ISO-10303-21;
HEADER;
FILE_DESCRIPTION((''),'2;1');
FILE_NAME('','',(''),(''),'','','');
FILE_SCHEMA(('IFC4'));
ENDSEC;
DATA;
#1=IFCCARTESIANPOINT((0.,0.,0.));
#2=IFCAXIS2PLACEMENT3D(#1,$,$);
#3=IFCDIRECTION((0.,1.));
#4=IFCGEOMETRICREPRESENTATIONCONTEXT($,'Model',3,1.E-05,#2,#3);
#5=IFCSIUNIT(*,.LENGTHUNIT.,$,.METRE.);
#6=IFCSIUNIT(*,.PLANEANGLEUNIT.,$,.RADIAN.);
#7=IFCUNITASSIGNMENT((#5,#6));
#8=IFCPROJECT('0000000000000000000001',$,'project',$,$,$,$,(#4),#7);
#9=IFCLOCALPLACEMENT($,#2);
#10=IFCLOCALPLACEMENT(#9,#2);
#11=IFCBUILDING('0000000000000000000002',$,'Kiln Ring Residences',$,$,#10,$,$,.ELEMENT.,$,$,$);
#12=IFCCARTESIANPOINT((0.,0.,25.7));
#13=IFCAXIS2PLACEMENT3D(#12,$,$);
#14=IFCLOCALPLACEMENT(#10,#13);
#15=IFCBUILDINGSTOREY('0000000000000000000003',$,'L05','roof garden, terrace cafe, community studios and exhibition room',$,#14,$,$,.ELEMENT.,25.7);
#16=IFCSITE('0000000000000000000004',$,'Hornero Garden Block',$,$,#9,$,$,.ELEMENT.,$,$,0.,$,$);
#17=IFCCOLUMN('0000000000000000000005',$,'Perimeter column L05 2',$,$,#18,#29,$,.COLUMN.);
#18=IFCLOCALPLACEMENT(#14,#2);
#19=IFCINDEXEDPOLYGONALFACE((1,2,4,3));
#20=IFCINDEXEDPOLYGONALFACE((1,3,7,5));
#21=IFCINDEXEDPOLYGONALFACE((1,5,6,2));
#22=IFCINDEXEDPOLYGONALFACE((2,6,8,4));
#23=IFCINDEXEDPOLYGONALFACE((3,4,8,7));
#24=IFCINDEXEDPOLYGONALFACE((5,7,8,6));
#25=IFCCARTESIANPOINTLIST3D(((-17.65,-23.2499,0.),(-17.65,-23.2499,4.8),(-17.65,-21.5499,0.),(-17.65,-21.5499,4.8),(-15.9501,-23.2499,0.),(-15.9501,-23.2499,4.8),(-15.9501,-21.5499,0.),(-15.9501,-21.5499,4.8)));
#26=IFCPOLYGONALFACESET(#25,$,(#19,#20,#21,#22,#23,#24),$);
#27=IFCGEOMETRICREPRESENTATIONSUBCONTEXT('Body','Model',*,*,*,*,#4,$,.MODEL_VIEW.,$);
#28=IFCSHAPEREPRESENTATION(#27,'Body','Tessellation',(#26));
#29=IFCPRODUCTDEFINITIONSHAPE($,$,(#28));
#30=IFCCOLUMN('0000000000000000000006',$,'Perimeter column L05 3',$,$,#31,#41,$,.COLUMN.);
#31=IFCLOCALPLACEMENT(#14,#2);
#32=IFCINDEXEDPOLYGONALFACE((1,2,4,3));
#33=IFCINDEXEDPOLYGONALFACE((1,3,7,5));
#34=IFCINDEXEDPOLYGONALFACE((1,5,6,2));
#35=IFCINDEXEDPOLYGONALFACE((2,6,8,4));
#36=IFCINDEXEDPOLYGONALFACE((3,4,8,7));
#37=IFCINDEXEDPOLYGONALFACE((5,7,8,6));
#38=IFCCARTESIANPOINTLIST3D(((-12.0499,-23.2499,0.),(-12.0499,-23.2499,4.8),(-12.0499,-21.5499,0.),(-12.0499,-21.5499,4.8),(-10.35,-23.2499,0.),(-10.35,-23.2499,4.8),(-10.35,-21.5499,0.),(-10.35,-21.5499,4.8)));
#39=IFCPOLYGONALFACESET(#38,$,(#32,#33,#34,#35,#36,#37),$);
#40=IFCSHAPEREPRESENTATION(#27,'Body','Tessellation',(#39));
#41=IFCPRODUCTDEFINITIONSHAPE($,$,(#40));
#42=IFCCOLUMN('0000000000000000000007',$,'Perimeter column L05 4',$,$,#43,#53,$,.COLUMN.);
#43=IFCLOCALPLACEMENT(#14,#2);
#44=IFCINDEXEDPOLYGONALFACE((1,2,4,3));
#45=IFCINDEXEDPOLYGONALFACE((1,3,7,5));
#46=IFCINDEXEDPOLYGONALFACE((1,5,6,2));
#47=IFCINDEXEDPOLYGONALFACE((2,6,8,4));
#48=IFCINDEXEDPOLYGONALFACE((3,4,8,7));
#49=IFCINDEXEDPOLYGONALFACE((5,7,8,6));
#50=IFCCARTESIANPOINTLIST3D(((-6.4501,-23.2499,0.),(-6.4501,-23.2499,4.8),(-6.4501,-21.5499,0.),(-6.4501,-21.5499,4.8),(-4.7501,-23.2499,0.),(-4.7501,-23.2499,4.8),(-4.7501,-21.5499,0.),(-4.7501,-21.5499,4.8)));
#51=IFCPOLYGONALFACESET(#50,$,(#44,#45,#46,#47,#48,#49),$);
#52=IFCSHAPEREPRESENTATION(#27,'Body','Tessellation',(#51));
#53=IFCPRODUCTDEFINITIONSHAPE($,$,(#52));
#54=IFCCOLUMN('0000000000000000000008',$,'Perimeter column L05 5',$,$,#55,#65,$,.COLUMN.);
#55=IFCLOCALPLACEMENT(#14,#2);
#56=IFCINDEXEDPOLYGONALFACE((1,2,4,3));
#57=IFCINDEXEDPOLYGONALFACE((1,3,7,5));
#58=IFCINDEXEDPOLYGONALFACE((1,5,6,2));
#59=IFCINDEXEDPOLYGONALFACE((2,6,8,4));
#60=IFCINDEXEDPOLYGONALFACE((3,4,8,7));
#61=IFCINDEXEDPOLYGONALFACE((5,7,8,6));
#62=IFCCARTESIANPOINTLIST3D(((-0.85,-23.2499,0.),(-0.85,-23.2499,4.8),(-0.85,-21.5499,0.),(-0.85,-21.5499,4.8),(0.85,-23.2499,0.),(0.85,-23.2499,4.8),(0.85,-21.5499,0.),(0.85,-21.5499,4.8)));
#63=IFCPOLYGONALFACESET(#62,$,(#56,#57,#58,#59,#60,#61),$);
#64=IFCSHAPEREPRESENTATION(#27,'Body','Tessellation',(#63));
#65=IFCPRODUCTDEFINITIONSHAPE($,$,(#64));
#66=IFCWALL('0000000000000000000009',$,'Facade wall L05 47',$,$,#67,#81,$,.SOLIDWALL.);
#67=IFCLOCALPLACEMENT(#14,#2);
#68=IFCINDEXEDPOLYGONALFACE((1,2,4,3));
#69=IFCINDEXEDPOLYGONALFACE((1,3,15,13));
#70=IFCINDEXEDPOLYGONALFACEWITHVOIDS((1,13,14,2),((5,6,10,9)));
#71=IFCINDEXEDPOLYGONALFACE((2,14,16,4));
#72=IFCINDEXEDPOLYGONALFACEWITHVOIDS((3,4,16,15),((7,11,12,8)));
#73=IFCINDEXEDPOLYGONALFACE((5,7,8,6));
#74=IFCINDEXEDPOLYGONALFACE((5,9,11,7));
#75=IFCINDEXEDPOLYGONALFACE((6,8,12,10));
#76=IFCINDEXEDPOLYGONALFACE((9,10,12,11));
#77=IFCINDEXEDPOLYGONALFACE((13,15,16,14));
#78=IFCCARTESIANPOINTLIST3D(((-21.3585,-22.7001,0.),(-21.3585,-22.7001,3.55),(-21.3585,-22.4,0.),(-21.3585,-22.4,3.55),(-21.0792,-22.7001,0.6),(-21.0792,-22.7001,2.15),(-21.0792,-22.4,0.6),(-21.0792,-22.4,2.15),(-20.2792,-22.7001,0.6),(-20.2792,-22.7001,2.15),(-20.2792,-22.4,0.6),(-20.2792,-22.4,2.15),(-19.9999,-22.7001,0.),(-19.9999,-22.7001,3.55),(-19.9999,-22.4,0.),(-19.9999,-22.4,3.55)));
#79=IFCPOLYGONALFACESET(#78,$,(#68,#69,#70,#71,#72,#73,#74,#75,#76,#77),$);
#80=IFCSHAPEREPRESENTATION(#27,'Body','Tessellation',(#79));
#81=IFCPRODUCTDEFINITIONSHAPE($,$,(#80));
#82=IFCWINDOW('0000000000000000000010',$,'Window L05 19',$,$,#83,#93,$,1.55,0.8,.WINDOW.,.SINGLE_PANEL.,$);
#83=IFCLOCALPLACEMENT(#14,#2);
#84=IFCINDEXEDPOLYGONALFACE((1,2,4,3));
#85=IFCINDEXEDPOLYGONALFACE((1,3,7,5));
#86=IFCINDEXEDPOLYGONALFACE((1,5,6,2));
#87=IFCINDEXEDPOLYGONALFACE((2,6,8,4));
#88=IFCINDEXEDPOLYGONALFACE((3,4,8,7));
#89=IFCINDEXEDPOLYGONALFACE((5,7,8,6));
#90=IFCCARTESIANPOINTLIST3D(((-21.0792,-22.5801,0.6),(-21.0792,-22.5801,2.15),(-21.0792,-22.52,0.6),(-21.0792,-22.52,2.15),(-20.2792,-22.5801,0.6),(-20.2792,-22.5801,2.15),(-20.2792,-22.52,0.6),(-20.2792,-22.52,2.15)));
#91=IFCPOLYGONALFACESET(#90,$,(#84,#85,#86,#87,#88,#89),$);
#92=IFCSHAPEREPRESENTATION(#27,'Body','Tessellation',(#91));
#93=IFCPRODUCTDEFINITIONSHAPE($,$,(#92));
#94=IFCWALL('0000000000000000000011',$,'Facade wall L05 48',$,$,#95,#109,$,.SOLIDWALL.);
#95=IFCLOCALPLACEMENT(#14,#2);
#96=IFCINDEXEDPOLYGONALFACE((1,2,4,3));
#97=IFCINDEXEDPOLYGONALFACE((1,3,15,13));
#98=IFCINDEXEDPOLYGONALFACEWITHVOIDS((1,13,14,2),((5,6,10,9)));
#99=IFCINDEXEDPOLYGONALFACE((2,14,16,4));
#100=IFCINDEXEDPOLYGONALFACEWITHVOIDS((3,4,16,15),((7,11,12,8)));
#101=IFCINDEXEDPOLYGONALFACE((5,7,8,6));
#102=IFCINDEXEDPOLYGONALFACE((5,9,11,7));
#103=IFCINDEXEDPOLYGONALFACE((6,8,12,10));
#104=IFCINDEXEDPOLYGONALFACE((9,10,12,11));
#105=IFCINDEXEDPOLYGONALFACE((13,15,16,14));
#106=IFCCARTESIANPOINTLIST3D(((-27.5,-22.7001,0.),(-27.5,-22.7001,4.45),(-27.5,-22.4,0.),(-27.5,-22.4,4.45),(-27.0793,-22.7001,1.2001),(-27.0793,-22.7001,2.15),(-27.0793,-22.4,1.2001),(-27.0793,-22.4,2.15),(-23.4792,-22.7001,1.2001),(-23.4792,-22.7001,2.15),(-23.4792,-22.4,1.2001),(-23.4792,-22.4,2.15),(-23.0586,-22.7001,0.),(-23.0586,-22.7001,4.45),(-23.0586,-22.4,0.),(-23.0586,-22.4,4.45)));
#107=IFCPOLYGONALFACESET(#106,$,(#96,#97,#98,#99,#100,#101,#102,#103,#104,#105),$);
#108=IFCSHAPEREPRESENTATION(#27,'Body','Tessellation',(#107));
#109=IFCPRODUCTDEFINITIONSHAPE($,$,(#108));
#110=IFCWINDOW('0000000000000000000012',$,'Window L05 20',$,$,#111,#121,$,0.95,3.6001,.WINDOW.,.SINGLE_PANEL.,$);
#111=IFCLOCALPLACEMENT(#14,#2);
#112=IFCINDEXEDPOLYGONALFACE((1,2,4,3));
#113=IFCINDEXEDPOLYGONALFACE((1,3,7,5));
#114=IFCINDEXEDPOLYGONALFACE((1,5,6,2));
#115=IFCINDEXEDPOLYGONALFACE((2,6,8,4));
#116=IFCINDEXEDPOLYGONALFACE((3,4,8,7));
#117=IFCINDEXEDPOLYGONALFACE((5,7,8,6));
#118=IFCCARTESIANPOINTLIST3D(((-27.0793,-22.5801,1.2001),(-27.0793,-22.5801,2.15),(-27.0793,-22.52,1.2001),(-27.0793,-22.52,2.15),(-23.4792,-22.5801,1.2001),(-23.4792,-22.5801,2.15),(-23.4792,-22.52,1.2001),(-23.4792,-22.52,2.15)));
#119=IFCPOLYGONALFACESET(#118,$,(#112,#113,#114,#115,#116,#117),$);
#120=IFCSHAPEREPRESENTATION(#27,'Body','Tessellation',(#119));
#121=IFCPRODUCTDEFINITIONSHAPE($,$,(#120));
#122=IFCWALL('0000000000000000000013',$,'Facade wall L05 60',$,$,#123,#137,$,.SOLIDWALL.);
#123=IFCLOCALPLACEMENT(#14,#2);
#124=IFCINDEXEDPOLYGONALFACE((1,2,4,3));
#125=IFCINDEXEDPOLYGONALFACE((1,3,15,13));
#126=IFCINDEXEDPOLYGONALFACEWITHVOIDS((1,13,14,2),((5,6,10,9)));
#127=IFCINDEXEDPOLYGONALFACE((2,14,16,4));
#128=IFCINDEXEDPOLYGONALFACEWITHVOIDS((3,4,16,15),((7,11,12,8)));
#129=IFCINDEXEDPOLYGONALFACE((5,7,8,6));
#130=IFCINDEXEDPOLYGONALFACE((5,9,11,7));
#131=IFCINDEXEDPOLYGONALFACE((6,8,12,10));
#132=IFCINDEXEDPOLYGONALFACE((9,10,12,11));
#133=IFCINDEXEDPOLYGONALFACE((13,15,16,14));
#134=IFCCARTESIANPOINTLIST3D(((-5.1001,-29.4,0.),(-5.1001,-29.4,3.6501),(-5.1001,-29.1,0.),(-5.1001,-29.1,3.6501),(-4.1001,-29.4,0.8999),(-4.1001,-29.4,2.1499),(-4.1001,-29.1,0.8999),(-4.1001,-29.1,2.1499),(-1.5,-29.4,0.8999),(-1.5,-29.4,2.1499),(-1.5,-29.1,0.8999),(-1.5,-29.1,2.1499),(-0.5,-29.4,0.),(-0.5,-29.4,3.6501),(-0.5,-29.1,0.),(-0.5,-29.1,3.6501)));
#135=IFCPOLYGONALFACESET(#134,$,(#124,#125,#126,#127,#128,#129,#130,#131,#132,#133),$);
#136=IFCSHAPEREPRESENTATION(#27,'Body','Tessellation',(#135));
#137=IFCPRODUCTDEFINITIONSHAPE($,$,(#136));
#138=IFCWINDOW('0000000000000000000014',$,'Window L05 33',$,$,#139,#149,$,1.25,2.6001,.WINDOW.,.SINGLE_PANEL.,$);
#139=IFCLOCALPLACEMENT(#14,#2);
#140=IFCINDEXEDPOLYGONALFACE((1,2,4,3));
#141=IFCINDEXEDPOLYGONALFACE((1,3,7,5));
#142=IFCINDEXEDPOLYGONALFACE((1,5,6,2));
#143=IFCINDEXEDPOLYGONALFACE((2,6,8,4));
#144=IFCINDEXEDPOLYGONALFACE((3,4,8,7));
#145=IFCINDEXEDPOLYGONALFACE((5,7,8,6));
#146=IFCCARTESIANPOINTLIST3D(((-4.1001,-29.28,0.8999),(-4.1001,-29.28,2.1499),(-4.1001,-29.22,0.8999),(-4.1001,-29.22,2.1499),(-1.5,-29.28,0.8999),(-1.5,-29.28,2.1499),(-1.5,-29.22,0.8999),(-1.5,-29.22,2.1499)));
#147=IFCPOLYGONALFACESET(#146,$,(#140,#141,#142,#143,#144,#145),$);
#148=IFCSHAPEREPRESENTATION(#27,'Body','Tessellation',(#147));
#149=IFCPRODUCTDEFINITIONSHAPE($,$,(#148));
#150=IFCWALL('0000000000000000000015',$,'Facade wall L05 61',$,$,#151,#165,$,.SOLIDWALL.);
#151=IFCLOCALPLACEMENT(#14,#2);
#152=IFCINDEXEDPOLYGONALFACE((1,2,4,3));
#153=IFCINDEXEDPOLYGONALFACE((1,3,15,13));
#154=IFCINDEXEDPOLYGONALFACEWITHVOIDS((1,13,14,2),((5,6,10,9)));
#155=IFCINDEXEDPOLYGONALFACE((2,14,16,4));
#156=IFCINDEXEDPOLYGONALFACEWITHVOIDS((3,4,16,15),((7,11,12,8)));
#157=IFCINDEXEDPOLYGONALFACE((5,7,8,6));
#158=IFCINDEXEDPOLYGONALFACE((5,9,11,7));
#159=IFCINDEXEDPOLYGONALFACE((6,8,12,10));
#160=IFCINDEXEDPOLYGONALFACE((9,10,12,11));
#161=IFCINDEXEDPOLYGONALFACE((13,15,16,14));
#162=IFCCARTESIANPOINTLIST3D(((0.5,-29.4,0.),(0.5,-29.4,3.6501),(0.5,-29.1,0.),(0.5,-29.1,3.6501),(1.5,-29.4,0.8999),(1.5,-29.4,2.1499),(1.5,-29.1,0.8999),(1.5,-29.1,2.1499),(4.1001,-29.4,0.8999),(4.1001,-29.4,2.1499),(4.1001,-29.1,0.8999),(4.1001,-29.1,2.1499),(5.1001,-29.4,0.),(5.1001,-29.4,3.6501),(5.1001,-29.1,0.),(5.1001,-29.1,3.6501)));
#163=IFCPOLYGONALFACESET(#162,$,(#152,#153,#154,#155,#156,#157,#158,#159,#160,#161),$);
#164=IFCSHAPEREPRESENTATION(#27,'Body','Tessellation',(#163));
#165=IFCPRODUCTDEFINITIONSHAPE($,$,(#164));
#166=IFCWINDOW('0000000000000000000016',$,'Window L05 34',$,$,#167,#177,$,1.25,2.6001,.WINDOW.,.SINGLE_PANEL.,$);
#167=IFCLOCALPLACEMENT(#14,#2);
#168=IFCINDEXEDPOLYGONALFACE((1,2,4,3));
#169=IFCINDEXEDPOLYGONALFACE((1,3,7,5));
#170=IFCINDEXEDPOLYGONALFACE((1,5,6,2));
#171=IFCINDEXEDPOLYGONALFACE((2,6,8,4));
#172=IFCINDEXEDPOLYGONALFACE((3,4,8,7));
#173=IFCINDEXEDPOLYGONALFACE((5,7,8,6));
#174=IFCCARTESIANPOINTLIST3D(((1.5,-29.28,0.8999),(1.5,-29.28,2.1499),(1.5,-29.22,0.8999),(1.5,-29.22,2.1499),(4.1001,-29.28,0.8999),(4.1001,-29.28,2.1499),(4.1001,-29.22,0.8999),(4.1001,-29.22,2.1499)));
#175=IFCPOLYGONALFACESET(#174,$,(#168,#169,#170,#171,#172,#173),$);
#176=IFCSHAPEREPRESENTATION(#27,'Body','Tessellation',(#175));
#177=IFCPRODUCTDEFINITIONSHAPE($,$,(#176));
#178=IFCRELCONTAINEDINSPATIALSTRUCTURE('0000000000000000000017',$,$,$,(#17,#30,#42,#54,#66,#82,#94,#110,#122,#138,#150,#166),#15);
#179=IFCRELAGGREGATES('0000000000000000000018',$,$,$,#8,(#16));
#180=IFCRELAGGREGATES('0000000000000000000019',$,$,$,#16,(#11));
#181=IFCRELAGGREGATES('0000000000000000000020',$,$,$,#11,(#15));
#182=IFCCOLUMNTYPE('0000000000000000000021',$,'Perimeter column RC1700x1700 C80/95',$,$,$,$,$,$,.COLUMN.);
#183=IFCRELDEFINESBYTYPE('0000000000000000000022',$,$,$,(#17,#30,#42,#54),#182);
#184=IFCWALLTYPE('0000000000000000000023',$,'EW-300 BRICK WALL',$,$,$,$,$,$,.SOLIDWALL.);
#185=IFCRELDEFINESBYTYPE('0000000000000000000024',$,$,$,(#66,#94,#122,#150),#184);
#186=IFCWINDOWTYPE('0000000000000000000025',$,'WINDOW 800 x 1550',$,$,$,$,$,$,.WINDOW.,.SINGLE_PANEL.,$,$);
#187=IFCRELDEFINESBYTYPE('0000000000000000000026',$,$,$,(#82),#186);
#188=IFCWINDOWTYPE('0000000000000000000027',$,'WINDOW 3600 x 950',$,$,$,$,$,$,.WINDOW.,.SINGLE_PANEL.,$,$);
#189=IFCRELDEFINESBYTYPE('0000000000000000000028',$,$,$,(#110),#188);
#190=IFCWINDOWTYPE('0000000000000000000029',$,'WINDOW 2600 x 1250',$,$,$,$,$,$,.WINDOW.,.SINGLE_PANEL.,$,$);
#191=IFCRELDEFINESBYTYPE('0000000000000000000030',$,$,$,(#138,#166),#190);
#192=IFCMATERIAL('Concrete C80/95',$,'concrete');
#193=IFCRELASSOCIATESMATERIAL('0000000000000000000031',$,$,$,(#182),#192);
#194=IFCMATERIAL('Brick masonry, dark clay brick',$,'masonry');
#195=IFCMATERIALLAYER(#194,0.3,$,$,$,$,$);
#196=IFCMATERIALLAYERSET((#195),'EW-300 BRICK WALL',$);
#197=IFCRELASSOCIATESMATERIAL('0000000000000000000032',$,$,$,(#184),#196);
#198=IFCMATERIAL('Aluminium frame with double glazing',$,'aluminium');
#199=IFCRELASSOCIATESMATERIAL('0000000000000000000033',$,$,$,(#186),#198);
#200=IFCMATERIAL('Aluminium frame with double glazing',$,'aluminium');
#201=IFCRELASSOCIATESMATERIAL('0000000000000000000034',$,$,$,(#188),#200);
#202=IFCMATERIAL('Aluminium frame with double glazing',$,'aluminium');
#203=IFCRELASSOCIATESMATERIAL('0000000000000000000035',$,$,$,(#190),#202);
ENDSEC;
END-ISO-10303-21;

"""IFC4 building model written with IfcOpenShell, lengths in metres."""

from ifc_helpers import new_model, si_unit, direction, frame, frame_2d, origin, origin_2d, place, context, subcontext, project, spatial, rectangle, extrude, material, layer, layer_set, material_profile, profile_set, type_object, element, fill, save


model = new_model("IFC4")

# Units and contexts
model_context = context("Model", 3, precision=1e-05, world=origin(), true_north=direction((0.0, 1.0)))
body_context = subcontext(model_context, "Body", "Model", "MODEL_VIEW")
ifc_project = project(units=[si_unit("LENGTHUNIT", "METRE"), si_unit("PLANEANGLEUNIT", "RADIAN")], contexts=[model_context])

# Site, building, storey
site_placement = place(None, origin())
site = spatial("IfcSite", under=ifc_project, at=site_placement, Name="Hornero Garden Block", CompositionType="ELEMENT", RefElevation=0.0)
building_placement = place(site_placement, origin())
building = spatial("IfcBuilding", under=site, at=building_placement, Name="Kiln Ring Residences", CompositionType="ELEMENT")
storey_placement = place(building_placement, frame((0.0, 0.0, 25.7)))
storey = spatial("IfcBuildingStorey", under=building, at=storey_placement, Name="L05", Description="roof garden, terrace cafe, community studios and exhibition room", CompositionType="ELEMENT", Elevation=25.7)

# Columns
ifc_material_1 = material(Name="Concrete C80/95", Category="concrete")
ifc_material_profile = material_profile(ifc_material_1, rectangle(XDim=1.7, YDim=1.7, at=origin_2d()), Name="RC1700x1700")
ifc_profile_set = profile_set([ifc_material_profile], Name="Concrete C80/95")
column_type = type_object("IfcColumnType", Name="Perimeter column RC1700x1700 C80/95", PredefinedType="COLUMN", material=ifc_profile_set)
for number, where, z_axis, x_axis, name in (
    (1, (-16.8, -22.3999, 0.0), (0.0, 0.0, 1.0), (1.0, 0.0, 0.0), "Perimeter column L05 2"),
    (2, (-11.2, -22.3999, 0.0), (0.0, 0.0, 1.0), (1.0, 0.0, 0.0), "Perimeter column L05 3"),
    (3, (-5.6001, -22.3999, 0.0), (0.0, 0.0, 1.0), (1.0, 0.0, 0.0), "Perimeter column L05 4"),
    (4, (0.0, -22.3999, 0.0), (0.0, 0.0, 1.0), (1.0, 0.0, 0.0), "Perimeter column L05 5"),
):
    element("IfcColumn", number, at=place(storey_placement, frame(where, z_axis=z_axis, x_axis=x_axis)), inside=storey, type_object=column_type, Name=name, PredefinedType="COLUMN", context=body_context, shape_type="SweptSolid", body=[
        extrude(rectangle(XDim=1.7, YDim=1.7, at=origin_2d()), origin(), (0.0, 0.0, 1.0), 4.8),
    ])

# Walls, openings, windows
ifc_material_2 = material(Name="Brick masonry, dark clay brick", Category="masonry")
ifc_layer_1 = layer(ifc_material_2, 0.3)
ifc_layer_set_1 = layer_set([ifc_layer_1], Name="EW-300 BRICK WALL")
wall_type_1 = type_object("IfcWallType", Name="EW-300 BRICK WALL", PredefinedType="SOLIDWALL", material=ifc_layer_set_1)
wall_1_placement = place(storey_placement, frame((-20.0, -22.55, 0.0), z_axis=(0.0, 0.0, 1.0), x_axis=(-1.0, 0.0, 0.0)))
wall_1 = element("IfcWall", 5, at=wall_1_placement, inside=storey, type_object=wall_type_1, Name="Facade wall L05 47", PredefinedType="SOLIDWALL", context=body_context, shape_type="SweptSolid", body=[
    extrude(rectangle(XDim=1.3586, YDim=0.3, at=frame_2d((0.6792, 0.0))), origin(), (0.0, 0.0, 1.0), 3.55),
])
opening_1_placement = place(wall_1_placement, frame((0.2793, 0.0, 0.6001)))
opening_1 = element("IfcOpeningElement", 6, at=opening_1_placement, cuts=wall_1, PredefinedType="OPENING", context=body_context, shape_type="SweptSolid", body=[
    extrude(rectangle(XDim=0.8, YDim=1.55, at=frame_2d((0.3999, 0.7749))), frame((0.0, 0.1599, 0.0), z_axis=(0.0, -1.0, 0.0), x_axis=(1.0, 0.0, 0.0)), (0.0, 0.0, 1.0), 0.3201),
])
ifc_material_3 = material(Name="Aluminium frame with double glazing", Category="aluminium")
window_type_1 = type_object("IfcWindowType", Name="WINDOW 800 x 1550", PartitioningType="SINGLE_PANEL", PredefinedType="WINDOW", material=ifc_material_3)
window_1_placement = place(opening_1_placement, origin())
window_1 = element("IfcWindow", 7, at=window_1_placement, inside=storey, type_object=window_type_1, Name="Window L05 19", OverallHeight=1.55, OverallWidth=0.8, PartitioningType="SINGLE_PANEL", PredefinedType="WINDOW", context=body_context, shape_type="SweptSolid", body=[
    extrude(rectangle(XDim=0.8, YDim=1.55, at=frame_2d((0.3999, 0.7749))), frame((0.0, 0.03, 0.0), z_axis=(0.0, -1.0, 0.0), x_axis=(1.0, 0.0, 0.0)), (0.0, 0.0, 1.0), 0.0601),
])
fill(opening_1, window_1)
wall_2_placement = place(storey_placement, frame((-23.0586, -22.55, 0.0), z_axis=(0.0, 0.0, 1.0), x_axis=(-1.0, 0.0, 0.0)))
wall_2 = element("IfcWall", 8, at=wall_2_placement, inside=storey, type_object=wall_type_1, Name="Facade wall L05 48", PredefinedType="SOLIDWALL", context=body_context, shape_type="SweptSolid", body=[
    extrude(rectangle(XDim=4.4414, YDim=0.3, at=frame_2d((2.2207, 0.0))), origin(), (0.0, 0.0, 1.0), 4.45),
])
opening_2_placement = place(wall_2_placement, frame((0.4207, 0.0, 1.2)))
opening_2 = element("IfcOpeningElement", 9, at=opening_2_placement, cuts=wall_2, PredefinedType="OPENING", context=body_context, shape_type="SweptSolid", body=[
    extrude(rectangle(XDim=3.6001, YDim=0.95, at=frame_2d((1.8, 0.4751))), frame((0.0, 0.1599, 0.0), z_axis=(0.0, -1.0, 0.0), x_axis=(1.0, 0.0, 0.0)), (0.0, 0.0, 1.0), 0.3201),
])
ifc_material_4 = material(Name="Aluminium frame with double glazing", Category="aluminium")
window_type_2 = type_object("IfcWindowType", Name="WINDOW 3600 x 950", PartitioningType="SINGLE_PANEL", PredefinedType="WINDOW", material=ifc_material_4)
window_2_placement = place(opening_2_placement, origin())
window_2 = element("IfcWindow", 10, at=window_2_placement, inside=storey, type_object=window_type_2, Name="Window L05 20", OverallHeight=0.95, OverallWidth=3.6001, PartitioningType="SINGLE_PANEL", PredefinedType="WINDOW", context=body_context, shape_type="SweptSolid", body=[
    extrude(rectangle(XDim=3.6001, YDim=0.95, at=frame_2d((1.8, 0.4751))), frame((0.0, 0.03, 0.0), z_axis=(0.0, -1.0, 0.0), x_axis=(1.0, 0.0, 0.0)), (0.0, 0.0, 1.0), 0.0601),
])
fill(opening_2, window_2)
wall_3_placement = place(storey_placement, frame((-5.1001, -29.25, 0.0), z_axis=(0.0, 0.0, 1.0), x_axis=(1.0, 0.0, 0.0)))
wall_3 = element("IfcWall", 11, at=wall_3_placement, inside=storey, type_object=wall_type_1, Name="Facade wall L05 60", PredefinedType="SOLIDWALL", context=body_context, shape_type="SweptSolid", body=[
    extrude(rectangle(XDim=4.6001, YDim=0.3, at=frame_2d((2.3, 0.0))), origin(), (0.0, 0.0, 1.0), 3.6501),
])
opening_3_placement = place(wall_3_placement, frame((1.0, 0.0, 0.8999)))
opening_3 = element("IfcOpeningElement", 12, at=opening_3_placement, cuts=wall_3, PredefinedType="OPENING", context=body_context, shape_type="SweptSolid", body=[
    extrude(rectangle(XDim=2.6001, YDim=1.25, at=frame_2d((1.3, 0.625))), frame((0.0, 0.1599, 0.0), z_axis=(0.0, -1.0, 0.0), x_axis=(1.0, 0.0, 0.0)), (0.0, 0.0, 1.0), 0.3201),
])
ifc_material_5 = material(Name="Aluminium frame with double glazing", Category="aluminium")
window_type_3 = type_object("IfcWindowType", Name="WINDOW 2600 x 1250", PartitioningType="SINGLE_PANEL", PredefinedType="WINDOW", material=ifc_material_5)
window_3_placement = place(opening_3_placement, origin())
window_3 = element("IfcWindow", 13, at=window_3_placement, inside=storey, type_object=window_type_3, Name="Window L05 33", OverallHeight=1.25, OverallWidth=2.6001, PartitioningType="SINGLE_PANEL", PredefinedType="WINDOW", context=body_context, shape_type="SweptSolid", body=[
    extrude(rectangle(XDim=2.6001, YDim=1.25, at=frame_2d((1.3, 0.625))), frame((0.0, 0.03, 0.0), z_axis=(0.0, -1.0, 0.0), x_axis=(1.0, 0.0, 0.0)), (0.0, 0.0, 1.0), 0.0601),
])
fill(opening_3, window_3)
wall_4_placement = place(storey_placement, frame((0.5, -29.25, 0.0), z_axis=(0.0, 0.0, 1.0), x_axis=(1.0, 0.0, 0.0)))
wall_4 = element("IfcWall", 14, at=wall_4_placement, inside=storey, type_object=wall_type_1, Name="Facade wall L05 61", PredefinedType="SOLIDWALL", context=body_context, shape_type="SweptSolid", body=[
    extrude(rectangle(XDim=4.6001, YDim=0.3, at=frame_2d((2.3, 0.0))), origin(), (0.0, 0.0, 1.0), 3.6501),
])
opening_4_placement = place(wall_4_placement, frame((1.0, 0.0, 0.8999)))
opening_4 = element("IfcOpeningElement", 15, at=opening_4_placement, cuts=wall_4, PredefinedType="OPENING", context=body_context, shape_type="SweptSolid", body=[
    extrude(rectangle(XDim=2.6001, YDim=1.25, at=frame_2d((1.3, 0.625))), frame((0.0, 0.1599, 0.0), z_axis=(0.0, -1.0, 0.0), x_axis=(1.0, 0.0, 0.0)), (0.0, 0.0, 1.0), 0.3201),
])
window_4_placement = place(opening_4_placement, origin())
window_4 = element("IfcWindow", 16, at=window_4_placement, inside=storey, type_object=window_type_3, Name="Window L05 34", OverallHeight=1.25, OverallWidth=2.6001, PartitioningType="SINGLE_PANEL", PredefinedType="WINDOW", context=body_context, shape_type="SweptSolid", body=[
    extrude(rectangle(XDim=2.6001, YDim=1.25, at=frame_2d((1.3, 0.625))), frame((0.0, 0.03, 0.0), z_axis=(0.0, -1.0, 0.0), x_axis=(1.0, 0.0, 0.0)), (0.0, 0.0, 1.0), 0.0601),
])
fill(opening_4, window_4)

save(model, "model.ifc")
